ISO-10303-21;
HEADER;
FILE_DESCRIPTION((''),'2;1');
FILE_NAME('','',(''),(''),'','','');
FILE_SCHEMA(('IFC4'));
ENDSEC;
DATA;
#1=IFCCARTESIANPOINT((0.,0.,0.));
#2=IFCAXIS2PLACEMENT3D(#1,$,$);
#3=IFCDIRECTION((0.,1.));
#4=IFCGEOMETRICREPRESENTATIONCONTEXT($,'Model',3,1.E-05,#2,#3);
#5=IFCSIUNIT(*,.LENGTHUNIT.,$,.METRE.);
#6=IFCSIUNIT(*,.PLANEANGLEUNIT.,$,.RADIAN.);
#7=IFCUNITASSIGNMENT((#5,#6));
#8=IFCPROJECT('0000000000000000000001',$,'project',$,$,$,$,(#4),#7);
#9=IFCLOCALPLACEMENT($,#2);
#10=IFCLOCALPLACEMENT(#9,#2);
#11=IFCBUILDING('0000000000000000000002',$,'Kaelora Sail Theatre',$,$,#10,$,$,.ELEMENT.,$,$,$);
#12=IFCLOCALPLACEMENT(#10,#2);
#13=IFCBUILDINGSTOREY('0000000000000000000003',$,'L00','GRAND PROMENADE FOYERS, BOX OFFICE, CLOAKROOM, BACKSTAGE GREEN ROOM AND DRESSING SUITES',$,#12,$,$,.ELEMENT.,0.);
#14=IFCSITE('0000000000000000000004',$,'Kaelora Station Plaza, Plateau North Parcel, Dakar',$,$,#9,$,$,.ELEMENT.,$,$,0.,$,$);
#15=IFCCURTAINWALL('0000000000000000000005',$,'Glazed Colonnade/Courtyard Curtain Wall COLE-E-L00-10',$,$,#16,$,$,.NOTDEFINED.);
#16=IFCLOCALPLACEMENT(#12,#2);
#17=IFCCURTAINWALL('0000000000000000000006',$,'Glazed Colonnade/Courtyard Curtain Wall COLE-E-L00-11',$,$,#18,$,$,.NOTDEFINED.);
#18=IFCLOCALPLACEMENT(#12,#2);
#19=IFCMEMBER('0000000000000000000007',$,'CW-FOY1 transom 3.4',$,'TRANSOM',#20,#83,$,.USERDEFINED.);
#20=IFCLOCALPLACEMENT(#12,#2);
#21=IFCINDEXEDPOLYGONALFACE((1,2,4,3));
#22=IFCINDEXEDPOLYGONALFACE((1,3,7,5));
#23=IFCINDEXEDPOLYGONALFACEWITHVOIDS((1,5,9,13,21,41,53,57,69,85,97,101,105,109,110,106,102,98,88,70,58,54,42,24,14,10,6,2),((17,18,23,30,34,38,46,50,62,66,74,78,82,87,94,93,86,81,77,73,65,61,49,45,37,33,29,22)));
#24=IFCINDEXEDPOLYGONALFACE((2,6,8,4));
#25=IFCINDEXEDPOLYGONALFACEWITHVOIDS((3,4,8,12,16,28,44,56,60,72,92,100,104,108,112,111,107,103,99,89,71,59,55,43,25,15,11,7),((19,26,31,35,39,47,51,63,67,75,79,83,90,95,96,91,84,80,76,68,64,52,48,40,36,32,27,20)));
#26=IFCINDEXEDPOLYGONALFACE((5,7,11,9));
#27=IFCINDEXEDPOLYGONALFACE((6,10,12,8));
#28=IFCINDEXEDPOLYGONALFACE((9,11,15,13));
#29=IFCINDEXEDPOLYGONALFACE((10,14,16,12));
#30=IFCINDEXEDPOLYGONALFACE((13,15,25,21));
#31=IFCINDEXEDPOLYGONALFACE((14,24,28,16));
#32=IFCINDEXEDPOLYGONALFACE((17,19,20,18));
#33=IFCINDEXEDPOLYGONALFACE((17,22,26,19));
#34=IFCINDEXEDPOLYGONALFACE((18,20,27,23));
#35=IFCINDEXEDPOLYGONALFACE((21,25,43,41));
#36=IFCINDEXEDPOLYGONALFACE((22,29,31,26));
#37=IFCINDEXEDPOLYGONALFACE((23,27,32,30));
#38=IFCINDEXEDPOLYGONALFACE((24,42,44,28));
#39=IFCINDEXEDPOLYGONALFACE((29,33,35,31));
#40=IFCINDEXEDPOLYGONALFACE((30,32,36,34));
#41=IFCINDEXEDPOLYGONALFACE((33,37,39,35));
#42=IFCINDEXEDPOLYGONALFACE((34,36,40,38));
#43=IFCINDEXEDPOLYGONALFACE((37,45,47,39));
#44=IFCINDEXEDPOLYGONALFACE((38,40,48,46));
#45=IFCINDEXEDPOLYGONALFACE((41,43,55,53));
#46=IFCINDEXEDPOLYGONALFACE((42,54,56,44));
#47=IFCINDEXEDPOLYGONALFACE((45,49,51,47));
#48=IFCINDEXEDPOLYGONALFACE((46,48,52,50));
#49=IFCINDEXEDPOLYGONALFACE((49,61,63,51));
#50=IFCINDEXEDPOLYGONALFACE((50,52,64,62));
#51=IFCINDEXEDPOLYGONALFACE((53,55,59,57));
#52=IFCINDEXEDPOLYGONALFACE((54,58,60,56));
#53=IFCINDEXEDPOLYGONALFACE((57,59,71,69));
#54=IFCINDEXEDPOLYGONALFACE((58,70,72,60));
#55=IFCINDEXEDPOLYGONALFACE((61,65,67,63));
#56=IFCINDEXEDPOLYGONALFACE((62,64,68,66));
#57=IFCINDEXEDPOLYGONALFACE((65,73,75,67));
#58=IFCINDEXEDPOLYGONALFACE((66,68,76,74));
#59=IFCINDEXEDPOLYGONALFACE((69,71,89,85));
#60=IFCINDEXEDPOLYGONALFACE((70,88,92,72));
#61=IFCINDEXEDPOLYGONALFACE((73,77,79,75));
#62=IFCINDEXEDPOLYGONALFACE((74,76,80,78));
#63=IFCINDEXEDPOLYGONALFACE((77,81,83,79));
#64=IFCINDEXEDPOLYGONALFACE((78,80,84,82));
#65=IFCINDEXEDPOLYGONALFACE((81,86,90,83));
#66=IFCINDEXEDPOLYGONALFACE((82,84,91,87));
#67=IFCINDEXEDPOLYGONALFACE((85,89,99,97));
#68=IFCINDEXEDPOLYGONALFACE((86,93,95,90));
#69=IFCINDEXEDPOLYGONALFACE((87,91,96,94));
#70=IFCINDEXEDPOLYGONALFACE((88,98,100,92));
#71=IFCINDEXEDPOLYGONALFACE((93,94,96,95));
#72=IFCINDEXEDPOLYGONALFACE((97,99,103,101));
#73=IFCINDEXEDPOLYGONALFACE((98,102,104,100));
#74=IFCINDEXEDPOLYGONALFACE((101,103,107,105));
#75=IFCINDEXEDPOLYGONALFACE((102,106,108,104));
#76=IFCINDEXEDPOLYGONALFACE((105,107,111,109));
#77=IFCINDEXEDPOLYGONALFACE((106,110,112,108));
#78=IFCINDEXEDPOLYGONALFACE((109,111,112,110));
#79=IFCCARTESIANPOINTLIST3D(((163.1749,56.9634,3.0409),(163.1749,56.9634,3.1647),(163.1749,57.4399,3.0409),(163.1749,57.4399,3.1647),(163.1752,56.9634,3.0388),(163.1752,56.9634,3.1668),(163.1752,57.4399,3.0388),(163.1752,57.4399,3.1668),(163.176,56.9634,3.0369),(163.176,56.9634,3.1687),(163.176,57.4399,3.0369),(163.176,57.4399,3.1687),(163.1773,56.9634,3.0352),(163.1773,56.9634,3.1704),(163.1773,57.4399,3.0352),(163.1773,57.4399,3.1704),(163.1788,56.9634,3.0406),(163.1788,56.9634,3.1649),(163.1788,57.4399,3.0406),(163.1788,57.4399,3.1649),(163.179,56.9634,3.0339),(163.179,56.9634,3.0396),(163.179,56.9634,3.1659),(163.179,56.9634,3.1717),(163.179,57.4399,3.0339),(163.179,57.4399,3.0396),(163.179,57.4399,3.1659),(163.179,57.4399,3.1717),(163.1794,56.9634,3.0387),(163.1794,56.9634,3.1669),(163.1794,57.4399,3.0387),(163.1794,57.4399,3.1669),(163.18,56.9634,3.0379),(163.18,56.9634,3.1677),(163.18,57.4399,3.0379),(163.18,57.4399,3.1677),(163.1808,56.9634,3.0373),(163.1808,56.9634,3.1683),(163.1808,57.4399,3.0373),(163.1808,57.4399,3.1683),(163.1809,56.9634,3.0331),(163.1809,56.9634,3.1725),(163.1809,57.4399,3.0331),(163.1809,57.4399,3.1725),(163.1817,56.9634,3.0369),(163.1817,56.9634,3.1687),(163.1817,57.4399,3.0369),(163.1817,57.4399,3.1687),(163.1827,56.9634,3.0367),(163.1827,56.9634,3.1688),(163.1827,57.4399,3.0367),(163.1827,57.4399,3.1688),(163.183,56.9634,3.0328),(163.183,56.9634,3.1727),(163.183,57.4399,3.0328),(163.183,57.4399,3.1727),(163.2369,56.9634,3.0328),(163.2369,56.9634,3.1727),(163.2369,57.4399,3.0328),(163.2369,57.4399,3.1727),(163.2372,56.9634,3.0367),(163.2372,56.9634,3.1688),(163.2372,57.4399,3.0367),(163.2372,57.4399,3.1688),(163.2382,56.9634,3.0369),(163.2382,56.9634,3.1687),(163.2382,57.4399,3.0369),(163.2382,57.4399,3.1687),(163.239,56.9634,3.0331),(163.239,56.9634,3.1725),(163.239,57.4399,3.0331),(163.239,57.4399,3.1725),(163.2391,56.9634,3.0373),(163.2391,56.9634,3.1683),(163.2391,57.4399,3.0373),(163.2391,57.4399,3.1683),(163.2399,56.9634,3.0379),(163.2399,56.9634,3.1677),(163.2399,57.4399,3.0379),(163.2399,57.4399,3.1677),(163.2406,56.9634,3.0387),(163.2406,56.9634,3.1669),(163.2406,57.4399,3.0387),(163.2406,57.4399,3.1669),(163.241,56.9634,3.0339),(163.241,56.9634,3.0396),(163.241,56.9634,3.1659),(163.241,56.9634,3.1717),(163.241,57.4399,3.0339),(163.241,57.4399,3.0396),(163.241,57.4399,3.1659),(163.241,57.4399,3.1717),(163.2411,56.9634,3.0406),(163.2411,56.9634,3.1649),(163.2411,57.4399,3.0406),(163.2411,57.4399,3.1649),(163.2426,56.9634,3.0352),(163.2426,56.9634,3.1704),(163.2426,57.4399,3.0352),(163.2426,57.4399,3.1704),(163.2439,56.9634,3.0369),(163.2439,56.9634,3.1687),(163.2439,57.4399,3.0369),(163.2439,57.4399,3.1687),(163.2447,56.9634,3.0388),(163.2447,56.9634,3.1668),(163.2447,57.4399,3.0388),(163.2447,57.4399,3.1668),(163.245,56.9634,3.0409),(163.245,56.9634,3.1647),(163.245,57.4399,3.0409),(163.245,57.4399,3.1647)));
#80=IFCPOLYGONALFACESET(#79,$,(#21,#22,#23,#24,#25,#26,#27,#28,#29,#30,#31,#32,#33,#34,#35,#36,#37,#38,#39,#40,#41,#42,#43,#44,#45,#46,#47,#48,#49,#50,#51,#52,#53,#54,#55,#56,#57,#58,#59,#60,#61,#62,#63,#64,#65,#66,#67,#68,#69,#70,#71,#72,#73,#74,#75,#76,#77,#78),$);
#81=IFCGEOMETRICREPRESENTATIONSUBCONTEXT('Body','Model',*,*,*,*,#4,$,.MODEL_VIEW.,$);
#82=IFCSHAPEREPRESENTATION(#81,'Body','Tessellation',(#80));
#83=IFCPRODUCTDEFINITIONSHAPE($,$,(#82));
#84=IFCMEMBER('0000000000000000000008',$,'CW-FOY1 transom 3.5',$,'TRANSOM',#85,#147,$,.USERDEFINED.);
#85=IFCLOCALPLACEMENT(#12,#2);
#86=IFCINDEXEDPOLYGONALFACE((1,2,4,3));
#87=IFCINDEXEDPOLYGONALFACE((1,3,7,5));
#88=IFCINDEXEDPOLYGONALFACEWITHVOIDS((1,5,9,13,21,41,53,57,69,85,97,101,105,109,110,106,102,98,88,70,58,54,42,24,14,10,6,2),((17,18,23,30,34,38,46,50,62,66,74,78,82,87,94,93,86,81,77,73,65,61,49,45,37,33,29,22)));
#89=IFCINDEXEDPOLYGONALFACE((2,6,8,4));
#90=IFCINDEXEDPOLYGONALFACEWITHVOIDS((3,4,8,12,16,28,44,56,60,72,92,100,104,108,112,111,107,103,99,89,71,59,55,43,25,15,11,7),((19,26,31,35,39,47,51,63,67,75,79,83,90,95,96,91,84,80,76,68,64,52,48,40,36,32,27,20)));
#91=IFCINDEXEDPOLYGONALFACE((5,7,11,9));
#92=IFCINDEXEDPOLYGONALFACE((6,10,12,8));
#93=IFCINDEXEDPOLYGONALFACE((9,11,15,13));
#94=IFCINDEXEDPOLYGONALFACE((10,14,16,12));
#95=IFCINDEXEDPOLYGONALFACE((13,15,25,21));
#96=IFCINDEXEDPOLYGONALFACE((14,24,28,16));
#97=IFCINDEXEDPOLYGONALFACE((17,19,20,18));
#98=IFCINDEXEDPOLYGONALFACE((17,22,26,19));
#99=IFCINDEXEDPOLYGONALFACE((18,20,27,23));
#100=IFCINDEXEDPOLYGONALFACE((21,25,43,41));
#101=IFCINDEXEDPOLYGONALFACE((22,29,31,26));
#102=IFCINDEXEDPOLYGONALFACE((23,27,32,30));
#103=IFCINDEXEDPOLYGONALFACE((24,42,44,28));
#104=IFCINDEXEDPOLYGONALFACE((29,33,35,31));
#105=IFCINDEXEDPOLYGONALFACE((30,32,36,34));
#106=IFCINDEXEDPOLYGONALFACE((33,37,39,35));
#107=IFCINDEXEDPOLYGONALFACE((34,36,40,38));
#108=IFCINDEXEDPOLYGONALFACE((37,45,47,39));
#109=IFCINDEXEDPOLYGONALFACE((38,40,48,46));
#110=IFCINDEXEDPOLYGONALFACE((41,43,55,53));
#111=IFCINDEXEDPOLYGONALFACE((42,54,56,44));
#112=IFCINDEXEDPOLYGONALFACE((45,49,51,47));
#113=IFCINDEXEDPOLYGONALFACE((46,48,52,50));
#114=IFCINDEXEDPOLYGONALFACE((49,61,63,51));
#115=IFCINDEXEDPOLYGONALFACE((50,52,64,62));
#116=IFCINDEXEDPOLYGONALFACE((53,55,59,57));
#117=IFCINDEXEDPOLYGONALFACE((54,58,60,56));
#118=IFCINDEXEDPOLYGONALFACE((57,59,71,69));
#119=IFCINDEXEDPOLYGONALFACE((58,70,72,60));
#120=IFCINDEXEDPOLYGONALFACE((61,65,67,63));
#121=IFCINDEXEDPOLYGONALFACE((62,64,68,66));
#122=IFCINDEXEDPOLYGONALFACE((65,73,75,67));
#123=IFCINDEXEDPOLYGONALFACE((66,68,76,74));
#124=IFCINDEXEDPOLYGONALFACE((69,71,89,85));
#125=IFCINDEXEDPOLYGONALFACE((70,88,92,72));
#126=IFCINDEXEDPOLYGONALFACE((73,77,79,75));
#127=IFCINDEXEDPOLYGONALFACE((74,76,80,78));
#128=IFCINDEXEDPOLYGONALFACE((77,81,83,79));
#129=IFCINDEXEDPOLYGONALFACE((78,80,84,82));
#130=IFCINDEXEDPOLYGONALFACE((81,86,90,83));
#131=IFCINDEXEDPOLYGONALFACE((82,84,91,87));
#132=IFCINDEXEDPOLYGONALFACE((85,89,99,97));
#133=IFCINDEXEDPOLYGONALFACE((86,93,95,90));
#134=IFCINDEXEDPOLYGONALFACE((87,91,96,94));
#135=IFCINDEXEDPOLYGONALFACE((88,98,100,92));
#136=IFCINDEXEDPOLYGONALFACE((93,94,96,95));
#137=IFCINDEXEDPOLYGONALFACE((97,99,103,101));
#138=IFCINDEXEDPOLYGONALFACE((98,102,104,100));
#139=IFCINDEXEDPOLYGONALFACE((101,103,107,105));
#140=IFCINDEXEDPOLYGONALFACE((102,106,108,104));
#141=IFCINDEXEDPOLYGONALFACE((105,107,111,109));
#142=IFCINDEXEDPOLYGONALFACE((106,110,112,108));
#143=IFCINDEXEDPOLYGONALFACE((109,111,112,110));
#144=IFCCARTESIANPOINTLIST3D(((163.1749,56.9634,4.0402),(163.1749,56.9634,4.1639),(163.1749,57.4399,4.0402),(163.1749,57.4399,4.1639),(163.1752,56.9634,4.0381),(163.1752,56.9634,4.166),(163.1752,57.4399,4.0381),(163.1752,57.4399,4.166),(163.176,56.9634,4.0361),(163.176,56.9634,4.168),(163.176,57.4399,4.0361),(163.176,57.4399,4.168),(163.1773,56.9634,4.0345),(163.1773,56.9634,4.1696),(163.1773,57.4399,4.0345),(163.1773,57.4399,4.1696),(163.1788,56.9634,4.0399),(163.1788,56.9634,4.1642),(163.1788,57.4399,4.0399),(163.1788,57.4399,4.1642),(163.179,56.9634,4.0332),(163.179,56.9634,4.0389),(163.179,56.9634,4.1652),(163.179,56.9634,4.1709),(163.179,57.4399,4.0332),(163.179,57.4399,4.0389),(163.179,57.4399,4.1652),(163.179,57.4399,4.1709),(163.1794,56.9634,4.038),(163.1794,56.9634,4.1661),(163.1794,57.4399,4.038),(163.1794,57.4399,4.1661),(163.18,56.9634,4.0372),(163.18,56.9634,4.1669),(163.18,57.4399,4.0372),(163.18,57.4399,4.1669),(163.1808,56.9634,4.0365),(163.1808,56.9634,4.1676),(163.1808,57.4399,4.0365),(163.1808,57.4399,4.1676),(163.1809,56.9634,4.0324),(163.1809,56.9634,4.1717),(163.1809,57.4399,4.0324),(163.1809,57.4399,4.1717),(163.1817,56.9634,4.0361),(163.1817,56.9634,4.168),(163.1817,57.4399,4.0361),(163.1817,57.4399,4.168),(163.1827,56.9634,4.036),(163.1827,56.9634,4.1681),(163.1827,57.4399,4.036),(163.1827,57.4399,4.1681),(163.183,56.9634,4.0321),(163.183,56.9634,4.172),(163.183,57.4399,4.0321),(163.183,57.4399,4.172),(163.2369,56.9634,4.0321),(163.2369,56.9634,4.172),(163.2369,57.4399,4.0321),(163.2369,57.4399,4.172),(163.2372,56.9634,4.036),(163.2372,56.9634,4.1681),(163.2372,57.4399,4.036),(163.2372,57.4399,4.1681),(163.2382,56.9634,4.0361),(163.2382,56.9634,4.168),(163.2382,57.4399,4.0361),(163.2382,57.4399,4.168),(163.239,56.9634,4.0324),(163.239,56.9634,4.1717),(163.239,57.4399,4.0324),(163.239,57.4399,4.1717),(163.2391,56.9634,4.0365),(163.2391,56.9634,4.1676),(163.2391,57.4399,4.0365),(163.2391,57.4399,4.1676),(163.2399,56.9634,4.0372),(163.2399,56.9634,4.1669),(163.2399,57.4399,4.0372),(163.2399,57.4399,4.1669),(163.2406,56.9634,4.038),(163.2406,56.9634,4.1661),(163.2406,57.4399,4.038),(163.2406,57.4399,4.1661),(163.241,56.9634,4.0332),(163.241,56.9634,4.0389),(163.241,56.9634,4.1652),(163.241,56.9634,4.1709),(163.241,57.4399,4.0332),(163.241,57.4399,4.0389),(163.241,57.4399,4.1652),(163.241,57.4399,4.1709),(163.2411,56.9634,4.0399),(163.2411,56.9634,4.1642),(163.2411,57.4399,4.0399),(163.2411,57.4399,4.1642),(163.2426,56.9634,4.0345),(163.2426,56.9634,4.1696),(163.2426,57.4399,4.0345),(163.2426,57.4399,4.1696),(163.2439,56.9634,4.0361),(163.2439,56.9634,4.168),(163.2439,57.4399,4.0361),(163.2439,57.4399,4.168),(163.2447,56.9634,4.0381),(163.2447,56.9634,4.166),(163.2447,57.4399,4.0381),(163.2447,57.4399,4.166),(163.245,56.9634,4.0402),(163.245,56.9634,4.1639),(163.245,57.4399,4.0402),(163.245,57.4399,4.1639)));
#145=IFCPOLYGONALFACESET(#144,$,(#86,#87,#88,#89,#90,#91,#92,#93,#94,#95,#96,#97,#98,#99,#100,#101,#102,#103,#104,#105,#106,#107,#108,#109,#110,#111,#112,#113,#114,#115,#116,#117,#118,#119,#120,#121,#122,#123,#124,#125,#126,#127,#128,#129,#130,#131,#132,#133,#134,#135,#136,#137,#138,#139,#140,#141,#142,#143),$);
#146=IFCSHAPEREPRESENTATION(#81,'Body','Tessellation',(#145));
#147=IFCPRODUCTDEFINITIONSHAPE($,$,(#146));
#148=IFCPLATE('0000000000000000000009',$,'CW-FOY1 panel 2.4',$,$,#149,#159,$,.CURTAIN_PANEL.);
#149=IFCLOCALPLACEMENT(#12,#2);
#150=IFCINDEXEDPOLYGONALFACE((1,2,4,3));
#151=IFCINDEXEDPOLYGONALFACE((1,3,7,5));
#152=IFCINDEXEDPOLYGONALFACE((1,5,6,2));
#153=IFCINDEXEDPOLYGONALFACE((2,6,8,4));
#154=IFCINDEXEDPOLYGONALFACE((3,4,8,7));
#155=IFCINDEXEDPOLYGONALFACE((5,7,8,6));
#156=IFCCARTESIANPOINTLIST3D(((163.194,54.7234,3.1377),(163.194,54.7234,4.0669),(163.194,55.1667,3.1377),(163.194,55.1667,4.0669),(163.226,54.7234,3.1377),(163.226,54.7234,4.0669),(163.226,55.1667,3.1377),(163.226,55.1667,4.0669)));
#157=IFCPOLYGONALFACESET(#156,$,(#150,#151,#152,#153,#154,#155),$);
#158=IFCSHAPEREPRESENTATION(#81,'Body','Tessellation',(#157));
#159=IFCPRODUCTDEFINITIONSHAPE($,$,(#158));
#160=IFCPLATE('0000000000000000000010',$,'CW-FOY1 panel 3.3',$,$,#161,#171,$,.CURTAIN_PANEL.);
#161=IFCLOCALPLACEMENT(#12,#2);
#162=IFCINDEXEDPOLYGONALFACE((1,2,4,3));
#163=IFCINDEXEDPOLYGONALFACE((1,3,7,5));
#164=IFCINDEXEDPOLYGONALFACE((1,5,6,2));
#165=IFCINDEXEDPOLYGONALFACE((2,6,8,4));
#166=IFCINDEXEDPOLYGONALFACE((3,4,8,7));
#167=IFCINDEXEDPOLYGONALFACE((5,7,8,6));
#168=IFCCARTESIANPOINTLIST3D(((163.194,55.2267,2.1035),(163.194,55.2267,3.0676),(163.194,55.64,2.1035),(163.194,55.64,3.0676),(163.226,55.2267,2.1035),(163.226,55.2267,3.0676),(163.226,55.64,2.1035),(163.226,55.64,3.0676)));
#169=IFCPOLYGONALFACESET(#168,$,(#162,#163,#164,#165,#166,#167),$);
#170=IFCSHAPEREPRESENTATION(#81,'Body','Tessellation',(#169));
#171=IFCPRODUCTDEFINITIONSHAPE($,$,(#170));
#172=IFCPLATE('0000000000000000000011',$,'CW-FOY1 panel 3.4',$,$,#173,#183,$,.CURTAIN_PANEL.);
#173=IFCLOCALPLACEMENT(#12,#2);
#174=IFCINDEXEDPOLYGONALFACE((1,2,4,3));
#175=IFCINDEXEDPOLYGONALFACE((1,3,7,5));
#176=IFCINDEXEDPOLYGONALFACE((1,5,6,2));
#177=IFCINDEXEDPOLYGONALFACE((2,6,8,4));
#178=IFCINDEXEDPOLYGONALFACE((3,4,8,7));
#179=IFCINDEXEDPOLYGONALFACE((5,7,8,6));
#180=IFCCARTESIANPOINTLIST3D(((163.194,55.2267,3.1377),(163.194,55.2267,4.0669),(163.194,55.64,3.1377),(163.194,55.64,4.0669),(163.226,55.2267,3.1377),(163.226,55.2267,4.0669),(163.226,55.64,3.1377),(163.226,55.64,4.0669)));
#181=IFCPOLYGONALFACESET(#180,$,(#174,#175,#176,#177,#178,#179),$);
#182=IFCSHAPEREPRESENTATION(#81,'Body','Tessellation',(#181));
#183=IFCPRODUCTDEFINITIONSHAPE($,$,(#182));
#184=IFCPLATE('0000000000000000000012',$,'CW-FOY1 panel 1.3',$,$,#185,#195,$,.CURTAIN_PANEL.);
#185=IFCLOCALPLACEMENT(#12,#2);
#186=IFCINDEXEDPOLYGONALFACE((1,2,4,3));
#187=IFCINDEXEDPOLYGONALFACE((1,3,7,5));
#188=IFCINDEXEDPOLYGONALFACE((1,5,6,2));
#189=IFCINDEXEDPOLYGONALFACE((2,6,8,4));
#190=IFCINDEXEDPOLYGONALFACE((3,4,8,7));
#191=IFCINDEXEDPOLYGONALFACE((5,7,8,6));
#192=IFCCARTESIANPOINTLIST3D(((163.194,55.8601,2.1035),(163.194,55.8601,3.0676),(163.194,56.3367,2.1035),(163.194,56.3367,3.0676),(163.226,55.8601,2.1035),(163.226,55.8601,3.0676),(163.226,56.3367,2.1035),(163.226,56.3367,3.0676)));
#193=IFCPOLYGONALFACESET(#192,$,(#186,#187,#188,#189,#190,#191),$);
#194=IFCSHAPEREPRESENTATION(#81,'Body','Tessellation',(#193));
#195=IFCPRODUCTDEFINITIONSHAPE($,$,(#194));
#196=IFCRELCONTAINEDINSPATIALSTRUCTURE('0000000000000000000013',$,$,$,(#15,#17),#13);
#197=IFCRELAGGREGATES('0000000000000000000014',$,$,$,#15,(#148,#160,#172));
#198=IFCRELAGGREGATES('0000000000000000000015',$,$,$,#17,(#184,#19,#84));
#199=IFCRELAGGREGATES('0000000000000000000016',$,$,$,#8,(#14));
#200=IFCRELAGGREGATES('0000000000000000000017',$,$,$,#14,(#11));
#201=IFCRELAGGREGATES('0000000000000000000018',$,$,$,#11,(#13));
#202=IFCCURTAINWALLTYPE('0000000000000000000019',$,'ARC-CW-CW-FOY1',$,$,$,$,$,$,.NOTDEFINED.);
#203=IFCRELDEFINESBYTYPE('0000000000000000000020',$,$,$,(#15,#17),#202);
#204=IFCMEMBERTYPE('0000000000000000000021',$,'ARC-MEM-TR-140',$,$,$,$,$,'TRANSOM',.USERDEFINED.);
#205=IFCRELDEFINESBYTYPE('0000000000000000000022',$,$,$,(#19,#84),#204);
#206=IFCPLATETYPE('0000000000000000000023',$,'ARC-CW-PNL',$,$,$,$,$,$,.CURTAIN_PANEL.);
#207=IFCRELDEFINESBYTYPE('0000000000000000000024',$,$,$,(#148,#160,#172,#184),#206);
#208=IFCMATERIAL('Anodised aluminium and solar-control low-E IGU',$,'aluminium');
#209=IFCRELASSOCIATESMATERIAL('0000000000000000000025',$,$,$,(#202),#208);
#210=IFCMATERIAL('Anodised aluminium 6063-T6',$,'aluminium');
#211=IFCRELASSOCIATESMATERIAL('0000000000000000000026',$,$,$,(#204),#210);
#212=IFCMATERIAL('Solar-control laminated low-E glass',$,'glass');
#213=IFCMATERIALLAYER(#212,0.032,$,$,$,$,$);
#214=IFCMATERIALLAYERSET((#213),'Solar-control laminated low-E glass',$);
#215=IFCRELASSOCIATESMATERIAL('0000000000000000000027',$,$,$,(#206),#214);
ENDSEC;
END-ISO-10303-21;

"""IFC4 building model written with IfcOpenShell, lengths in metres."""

from ifc_helpers import new_model, si_unit, direction, frame, origin, origin_2d, place, context, subcontext, project, spatial, rectangle, hollow_rectangle, extrude, material, layer, layer_set, material_profile, profile_set, type_object, element, aggregate, save


model = new_model("IFC4")

# Units and contexts
model_context = context("Model", 3, precision=1e-05, world=origin(), true_north=direction((0.0, 1.0)))
body_context = subcontext(model_context, "Body", "Model", "MODEL_VIEW")
ifc_project = project(units=[si_unit("LENGTHUNIT", "METRE"), si_unit("PLANEANGLEUNIT", "RADIAN")], contexts=[model_context])

# Site, building, storey
site_placement = place(None, origin())
site = spatial("IfcSite", under=ifc_project, at=site_placement, Name="Kaelora Station Plaza, Plateau North Parcel, Dakar", CompositionType="ELEMENT", RefElevation=0.0)
building_placement = place(site_placement, origin())
building = spatial("IfcBuilding", under=site, at=building_placement, Name="Kaelora Sail Theatre", CompositionType="ELEMENT")
storey_placement = place(building_placement, origin())
storey = spatial("IfcBuildingStorey", under=building, at=storey_placement, Name="L00", Description="GRAND PROMENADE FOYERS, BOX OFFICE, CLOAKROOM, BACKSTAGE GREEN ROOM AND DRESSING SUITES", CompositionType="ELEMENT", Elevation=0.0)

# Curtain walls, members
ifc_material_1 = material(Name="Anodised aluminium and solar-control low-E IGU", Category="aluminium")
curtain_wall_type = type_object("IfcCurtainWallType", Name="ARC-CW-CW-FOY1", PredefinedType="NOTDEFINED", material=ifc_material_1)
curtain_wall_1_placement = place(storey_placement, origin())
curtain_wall_1 = element("IfcCurtainWall", 1, at=curtain_wall_1_placement, inside=storey, type_object=curtain_wall_type, Name="Glazed Colonnade/Courtyard Curtain Wall COLE-E-L00-10", PredefinedType="NOTDEFINED")
ifc_material_2 = material(Name="Anodised aluminium 6063-T6", Category="aluminium")
ifc_material_profile = material_profile(ifc_material_2, hollow_rectangle(XDim=0.0701, YDim=0.1399, WallThickness=0.0039, InnerFilletRadius=0.0039, OuterFilletRadius=0.0081, at=origin_2d()), Name="ALU-TRAN 70x140x4")
ifc_profile_set = profile_set([ifc_material_profile], Name="Anodised aluminium 6063-T6")
member_type = type_object("IfcMemberType", Name="ARC-MEM-TR-140", ElementType="TRANSOM", PredefinedType="USERDEFINED", material=ifc_profile_set)
curtain_wall_2_placement = place(storey_placement, origin())
curtain_wall_2 = element("IfcCurtainWall", 2, at=curtain_wall_2_placement, inside=storey, type_object=curtain_wall_type, Name="Glazed Colonnade/Courtyard Curtain Wall COLE-E-L00-11", PredefinedType="NOTDEFINED")
member_1_placement = place(storey_placement, frame((163.21, 56.9634, 3.1028), z_axis=(0.0, 1.0, 0.0), x_axis=(-1.0, 0.0, 0.0)))
member_1 = element("IfcMember", 3, at=member_1_placement, type_object=member_type, Name="CW-FOY1 transom 3.4", ObjectType="TRANSOM", PredefinedType="USERDEFINED", context=body_context, shape_type="SweptSolid", body=[
    extrude(hollow_rectangle(XDim=0.0701, YDim=0.1399, WallThickness=0.0039, InnerFilletRadius=0.0039, OuterFilletRadius=0.0081, at=origin_2d()), origin(), (0.0, 0.0, 1.0), 0.4766),
])
member_2_placement = place(storey_placement, frame((163.21, 56.9634, 4.1021), z_axis=(0.0, 1.0, 0.0), x_axis=(-1.0, 0.0, 0.0)))
member_2 = element("IfcMember", 4, at=member_2_placement, type_object=member_type, Name="CW-FOY1 transom 3.5", ObjectType="TRANSOM", PredefinedType="USERDEFINED", context=body_context, shape_type="SweptSolid", body=[
    extrude(hollow_rectangle(XDim=0.0701, YDim=0.1399, WallThickness=0.0039, InnerFilletRadius=0.0039, OuterFilletRadius=0.0081, at=origin_2d()), origin(), (0.0, 0.0, 1.0), 0.4766),
])

# Plates
ifc_material_3 = material(Name="Solar-control laminated low-E glass", Category="glass")
ifc_layer = layer(ifc_material_3, 0.032)
ifc_layer_set = layer_set([ifc_layer], Name="Solar-control laminated low-E glass")
plate_type = type_object("IfcPlateType", Name="ARC-CW-PNL", PredefinedType="CURTAIN_PANEL", material=ifc_layer_set)
plate_1_placement = place(storey_placement, frame((163.21, 54.9451, 3.1377), z_axis=(0.0, 0.0, 1.0), x_axis=(0.0, 1.0, 0.0)))
plate_1 = element("IfcPlate", 5, at=plate_1_placement, type_object=plate_type, Name="CW-FOY1 panel 2.4", PredefinedType="CURTAIN_PANEL", context=body_context, shape_type="SweptSolid", body=[
    extrude(rectangle(XDim=0.4434, YDim=0.032, at=origin_2d()), origin(), (0.0, 0.0, 1.0), 0.9292),
])
plate_2_placement = place(storey_placement, frame((163.21, 55.4333, 2.1035), z_axis=(0.0, 0.0, 1.0), x_axis=(0.0, 1.0, 0.0)))
plate_2 = element("IfcPlate", 6, at=plate_2_placement, type_object=plate_type, Name="CW-FOY1 panel 3.3", PredefinedType="CURTAIN_PANEL", context=body_context, shape_type="SweptSolid", body=[
    extrude(rectangle(XDim=0.4133, YDim=0.032, at=origin_2d()), origin(), (0.0, 0.0, 1.0), 0.9641),
])
plate_3_placement = place(storey_placement, frame((163.21, 55.4333, 3.1377), z_axis=(0.0, 0.0, 1.0), x_axis=(0.0, 1.0, 0.0)))
plate_3 = element("IfcPlate", 7, at=plate_3_placement, type_object=plate_type, Name="CW-FOY1 panel 3.4", PredefinedType="CURTAIN_PANEL", context=body_context, shape_type="SweptSolid", body=[
    extrude(rectangle(XDim=0.4133, YDim=0.032, at=origin_2d()), origin(), (0.0, 0.0, 1.0), 0.9292),
])
aggregate(curtain_wall_1, [plate_1, plate_2, plate_3])
plate_4_placement = place(storey_placement, frame((163.21, 56.0984, 2.1035), z_axis=(0.0, 0.0, 1.0), x_axis=(0.0, 1.0, 0.0)))
plate_4 = element("IfcPlate", 8, at=plate_4_placement, type_object=plate_type, Name="CW-FOY1 panel 1.3", PredefinedType="CURTAIN_PANEL", context=body_context, shape_type="SweptSolid", body=[
    extrude(rectangle(XDim=0.4766, YDim=0.032, at=origin_2d()), origin(), (0.0, 0.0, 1.0), 0.9641),
])
aggregate(curtain_wall_2, [plate_4, member_1, member_2])

save(model, "model.ifc")
